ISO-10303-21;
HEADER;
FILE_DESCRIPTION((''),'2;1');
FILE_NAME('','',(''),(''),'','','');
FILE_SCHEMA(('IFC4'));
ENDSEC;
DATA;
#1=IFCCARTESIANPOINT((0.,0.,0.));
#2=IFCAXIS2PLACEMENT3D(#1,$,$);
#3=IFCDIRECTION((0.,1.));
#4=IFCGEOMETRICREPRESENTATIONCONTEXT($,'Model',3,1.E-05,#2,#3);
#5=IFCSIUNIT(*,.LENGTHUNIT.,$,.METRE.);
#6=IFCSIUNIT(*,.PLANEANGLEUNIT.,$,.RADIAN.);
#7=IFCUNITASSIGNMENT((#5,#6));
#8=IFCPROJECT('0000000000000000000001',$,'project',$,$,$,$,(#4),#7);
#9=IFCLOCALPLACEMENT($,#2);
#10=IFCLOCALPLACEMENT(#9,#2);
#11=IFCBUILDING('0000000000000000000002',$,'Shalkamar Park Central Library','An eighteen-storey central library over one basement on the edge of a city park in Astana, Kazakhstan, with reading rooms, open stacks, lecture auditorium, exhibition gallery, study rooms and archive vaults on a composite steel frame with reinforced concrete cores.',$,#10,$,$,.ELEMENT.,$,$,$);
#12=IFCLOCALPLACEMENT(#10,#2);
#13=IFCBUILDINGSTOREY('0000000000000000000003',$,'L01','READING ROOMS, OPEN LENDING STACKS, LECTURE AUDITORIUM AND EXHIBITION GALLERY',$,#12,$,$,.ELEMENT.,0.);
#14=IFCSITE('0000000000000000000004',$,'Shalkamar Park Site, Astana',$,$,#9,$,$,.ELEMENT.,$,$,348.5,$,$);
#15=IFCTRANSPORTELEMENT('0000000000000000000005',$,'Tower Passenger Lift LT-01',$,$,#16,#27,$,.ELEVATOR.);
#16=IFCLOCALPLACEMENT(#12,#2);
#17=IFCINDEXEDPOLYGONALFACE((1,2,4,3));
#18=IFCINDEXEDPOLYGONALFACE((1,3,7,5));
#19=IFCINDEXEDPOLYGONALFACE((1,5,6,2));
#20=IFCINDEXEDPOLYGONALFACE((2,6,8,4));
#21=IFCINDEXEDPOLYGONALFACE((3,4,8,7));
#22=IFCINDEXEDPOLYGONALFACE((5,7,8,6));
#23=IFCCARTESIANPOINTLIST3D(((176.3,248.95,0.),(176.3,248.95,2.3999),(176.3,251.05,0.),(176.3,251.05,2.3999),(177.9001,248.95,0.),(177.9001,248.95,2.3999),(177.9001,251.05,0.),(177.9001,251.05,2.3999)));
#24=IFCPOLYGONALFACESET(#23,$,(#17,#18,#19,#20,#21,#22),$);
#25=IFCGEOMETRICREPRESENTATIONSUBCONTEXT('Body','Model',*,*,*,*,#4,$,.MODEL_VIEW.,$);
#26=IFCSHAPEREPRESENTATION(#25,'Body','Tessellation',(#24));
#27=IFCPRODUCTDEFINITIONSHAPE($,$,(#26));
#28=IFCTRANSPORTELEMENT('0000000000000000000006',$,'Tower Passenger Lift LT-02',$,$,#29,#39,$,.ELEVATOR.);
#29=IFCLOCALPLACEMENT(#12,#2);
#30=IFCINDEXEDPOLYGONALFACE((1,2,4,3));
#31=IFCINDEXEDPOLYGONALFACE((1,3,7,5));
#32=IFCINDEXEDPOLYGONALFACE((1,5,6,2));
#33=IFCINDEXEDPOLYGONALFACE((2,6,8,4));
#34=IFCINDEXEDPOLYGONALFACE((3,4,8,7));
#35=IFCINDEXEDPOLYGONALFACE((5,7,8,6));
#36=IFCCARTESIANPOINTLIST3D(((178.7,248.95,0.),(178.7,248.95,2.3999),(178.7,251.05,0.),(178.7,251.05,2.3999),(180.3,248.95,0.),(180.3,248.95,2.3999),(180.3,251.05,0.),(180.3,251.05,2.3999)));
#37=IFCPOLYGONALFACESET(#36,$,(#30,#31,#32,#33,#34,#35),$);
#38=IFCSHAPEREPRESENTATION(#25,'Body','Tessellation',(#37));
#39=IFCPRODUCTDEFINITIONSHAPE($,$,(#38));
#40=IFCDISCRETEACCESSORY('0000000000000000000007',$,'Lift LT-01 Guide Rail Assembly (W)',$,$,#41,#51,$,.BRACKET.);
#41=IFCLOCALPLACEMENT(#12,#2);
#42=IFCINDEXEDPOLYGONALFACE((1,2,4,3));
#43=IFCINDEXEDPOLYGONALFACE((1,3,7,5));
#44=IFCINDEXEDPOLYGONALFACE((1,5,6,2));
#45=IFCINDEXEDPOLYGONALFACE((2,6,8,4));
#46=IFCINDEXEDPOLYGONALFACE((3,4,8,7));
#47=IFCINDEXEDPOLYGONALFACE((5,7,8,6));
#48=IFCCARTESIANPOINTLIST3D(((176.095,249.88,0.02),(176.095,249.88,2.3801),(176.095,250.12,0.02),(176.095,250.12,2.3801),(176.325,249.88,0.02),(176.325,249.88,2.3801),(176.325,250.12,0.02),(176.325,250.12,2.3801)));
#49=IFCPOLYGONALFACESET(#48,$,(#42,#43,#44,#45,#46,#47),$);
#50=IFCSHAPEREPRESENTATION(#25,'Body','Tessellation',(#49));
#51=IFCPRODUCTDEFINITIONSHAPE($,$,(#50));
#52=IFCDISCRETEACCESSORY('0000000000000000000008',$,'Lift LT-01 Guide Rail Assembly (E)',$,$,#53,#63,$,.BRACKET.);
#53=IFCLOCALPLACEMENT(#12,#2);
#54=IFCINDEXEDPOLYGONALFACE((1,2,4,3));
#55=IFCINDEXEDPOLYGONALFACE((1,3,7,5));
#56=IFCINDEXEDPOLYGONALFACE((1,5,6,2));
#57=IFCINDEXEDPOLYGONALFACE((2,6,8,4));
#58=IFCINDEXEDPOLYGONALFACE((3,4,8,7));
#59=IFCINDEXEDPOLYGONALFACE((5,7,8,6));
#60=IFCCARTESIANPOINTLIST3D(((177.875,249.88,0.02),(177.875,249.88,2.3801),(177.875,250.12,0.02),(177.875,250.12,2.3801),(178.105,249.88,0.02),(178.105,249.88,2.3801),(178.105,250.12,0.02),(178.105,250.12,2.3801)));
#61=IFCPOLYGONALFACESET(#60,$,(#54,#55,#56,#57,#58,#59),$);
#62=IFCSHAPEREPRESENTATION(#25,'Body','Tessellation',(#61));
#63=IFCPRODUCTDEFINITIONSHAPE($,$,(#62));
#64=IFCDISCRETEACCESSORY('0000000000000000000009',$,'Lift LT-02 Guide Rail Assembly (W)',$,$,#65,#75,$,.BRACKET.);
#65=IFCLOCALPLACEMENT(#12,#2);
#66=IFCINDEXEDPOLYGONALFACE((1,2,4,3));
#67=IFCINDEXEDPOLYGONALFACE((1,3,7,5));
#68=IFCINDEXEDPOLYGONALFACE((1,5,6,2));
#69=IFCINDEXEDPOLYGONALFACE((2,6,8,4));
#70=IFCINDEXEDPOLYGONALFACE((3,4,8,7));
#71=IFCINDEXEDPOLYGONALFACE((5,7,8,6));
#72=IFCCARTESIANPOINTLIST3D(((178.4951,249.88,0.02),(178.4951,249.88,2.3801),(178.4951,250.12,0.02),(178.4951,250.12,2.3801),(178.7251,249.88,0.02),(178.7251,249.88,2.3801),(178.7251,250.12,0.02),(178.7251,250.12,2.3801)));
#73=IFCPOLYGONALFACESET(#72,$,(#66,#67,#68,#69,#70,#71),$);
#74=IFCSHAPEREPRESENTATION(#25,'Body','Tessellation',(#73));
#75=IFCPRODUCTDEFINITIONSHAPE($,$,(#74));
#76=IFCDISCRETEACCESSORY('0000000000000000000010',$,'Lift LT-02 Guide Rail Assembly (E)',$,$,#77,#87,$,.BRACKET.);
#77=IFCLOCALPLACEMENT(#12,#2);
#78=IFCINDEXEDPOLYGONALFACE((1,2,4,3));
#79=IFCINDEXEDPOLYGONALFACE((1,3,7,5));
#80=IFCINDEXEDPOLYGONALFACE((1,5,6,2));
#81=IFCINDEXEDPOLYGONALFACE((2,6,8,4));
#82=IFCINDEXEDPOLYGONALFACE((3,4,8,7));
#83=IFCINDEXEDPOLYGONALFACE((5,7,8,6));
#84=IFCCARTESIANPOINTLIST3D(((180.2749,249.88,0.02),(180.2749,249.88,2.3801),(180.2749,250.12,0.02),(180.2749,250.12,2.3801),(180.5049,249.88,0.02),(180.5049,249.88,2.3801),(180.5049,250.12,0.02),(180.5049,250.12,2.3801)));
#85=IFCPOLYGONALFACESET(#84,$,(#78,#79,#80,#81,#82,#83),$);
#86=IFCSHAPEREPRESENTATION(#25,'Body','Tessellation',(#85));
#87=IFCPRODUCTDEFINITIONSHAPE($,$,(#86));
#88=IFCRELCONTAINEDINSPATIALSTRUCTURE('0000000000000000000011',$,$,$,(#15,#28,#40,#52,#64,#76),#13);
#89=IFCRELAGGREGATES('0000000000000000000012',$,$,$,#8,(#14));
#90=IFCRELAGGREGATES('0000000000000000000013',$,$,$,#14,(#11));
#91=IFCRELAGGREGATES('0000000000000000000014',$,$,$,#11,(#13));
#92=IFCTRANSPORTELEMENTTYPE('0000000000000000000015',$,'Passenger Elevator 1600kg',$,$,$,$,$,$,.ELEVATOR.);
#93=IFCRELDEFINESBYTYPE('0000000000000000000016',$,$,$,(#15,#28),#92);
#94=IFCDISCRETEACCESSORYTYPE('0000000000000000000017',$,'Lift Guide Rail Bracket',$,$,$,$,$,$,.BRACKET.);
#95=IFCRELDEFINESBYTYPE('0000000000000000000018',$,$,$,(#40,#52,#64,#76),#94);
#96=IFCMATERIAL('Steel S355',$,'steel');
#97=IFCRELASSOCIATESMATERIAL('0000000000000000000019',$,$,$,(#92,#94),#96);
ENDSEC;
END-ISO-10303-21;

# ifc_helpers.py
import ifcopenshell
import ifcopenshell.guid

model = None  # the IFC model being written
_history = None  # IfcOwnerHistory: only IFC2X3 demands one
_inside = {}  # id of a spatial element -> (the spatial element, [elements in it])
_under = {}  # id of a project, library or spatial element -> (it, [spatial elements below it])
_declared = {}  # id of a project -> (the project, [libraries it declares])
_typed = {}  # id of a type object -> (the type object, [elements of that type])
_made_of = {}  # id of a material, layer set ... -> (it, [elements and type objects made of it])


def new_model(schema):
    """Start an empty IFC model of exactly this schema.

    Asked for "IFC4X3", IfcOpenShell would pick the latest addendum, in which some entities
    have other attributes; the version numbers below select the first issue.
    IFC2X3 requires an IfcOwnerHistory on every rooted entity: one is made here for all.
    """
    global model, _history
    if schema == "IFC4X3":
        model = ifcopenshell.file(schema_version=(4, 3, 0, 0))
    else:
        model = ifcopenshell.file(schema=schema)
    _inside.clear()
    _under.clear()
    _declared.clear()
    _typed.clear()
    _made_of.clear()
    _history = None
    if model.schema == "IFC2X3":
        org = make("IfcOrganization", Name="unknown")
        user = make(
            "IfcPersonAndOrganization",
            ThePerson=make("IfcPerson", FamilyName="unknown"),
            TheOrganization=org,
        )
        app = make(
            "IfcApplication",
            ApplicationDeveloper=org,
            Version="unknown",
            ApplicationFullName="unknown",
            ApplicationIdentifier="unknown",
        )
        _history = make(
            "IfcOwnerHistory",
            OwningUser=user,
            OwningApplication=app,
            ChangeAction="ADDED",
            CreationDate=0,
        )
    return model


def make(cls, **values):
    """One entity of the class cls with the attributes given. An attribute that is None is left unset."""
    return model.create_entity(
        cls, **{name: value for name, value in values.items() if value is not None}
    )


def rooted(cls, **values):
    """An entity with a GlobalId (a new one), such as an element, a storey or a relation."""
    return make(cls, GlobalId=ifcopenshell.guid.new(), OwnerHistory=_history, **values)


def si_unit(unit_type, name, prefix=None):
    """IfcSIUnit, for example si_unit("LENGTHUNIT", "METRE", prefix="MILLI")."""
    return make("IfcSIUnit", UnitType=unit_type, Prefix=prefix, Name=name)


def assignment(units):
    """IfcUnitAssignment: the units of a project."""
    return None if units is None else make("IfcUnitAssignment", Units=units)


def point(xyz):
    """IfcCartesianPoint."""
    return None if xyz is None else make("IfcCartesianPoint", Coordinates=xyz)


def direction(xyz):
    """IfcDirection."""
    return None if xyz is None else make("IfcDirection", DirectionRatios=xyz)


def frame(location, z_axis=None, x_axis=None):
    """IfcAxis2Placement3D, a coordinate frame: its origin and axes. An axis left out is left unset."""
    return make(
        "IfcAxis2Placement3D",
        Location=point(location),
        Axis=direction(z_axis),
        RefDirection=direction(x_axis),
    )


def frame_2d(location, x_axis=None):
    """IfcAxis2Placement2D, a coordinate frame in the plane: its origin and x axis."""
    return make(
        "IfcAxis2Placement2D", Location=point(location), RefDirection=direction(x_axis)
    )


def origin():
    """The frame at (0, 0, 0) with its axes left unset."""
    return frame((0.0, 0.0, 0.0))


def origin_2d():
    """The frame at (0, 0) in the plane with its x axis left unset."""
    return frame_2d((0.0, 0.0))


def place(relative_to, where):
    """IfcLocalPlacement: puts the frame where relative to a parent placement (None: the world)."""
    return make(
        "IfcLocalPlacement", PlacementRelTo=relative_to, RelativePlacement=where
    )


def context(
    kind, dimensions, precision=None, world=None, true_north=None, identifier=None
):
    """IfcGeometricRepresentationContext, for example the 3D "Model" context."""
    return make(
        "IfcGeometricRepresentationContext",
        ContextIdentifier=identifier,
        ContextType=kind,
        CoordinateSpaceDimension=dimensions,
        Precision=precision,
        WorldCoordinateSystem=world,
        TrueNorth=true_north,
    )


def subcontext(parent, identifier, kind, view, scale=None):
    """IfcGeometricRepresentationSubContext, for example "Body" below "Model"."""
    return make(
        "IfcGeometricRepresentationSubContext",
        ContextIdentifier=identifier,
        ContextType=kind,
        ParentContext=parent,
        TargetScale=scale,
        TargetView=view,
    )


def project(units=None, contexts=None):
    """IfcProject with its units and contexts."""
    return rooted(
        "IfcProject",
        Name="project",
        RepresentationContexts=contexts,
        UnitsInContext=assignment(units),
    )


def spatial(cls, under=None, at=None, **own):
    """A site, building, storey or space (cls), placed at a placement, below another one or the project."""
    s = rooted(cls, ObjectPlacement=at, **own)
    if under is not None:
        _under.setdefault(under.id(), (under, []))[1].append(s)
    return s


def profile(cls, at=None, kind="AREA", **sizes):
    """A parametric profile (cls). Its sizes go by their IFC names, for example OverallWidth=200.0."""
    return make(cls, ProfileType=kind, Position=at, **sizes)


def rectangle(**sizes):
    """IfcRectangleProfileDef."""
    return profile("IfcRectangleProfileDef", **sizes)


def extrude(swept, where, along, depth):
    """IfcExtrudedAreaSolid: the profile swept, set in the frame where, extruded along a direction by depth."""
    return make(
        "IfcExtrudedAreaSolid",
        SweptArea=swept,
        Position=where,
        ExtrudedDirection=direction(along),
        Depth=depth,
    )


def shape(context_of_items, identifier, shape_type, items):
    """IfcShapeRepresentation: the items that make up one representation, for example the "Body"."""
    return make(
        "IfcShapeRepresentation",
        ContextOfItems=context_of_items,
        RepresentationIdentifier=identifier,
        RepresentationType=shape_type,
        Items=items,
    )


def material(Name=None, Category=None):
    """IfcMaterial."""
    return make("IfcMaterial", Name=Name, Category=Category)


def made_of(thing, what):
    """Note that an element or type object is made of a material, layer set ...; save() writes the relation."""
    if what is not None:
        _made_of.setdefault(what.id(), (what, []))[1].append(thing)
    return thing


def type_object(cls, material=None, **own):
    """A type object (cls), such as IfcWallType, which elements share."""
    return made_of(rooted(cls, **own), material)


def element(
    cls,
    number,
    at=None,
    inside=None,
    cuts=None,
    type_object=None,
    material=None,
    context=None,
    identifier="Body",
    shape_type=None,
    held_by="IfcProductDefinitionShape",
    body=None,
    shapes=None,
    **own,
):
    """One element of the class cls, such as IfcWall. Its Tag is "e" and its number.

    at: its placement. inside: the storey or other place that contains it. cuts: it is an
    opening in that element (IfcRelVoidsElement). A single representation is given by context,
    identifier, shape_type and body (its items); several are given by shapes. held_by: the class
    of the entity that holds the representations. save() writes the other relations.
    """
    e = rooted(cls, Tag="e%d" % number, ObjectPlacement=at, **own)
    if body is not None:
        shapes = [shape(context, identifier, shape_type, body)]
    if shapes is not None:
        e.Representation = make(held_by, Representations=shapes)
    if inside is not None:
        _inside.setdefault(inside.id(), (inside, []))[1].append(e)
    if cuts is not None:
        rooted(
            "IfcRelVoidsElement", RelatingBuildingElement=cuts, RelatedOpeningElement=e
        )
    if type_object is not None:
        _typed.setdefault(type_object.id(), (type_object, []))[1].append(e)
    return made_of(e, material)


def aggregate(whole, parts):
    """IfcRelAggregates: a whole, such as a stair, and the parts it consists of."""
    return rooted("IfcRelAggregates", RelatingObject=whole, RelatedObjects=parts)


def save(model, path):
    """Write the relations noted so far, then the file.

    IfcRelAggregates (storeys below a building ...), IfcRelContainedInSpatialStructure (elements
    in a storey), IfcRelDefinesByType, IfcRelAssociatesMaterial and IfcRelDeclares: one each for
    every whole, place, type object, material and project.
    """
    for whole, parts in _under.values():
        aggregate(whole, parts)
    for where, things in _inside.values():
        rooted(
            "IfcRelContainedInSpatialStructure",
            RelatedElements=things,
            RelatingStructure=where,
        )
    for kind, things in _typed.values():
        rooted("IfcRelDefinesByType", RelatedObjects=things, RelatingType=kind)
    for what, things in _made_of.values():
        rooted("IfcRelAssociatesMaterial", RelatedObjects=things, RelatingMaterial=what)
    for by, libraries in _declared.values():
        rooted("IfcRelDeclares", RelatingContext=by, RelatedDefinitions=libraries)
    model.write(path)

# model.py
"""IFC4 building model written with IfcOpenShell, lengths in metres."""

from ifc_helpers import new_model, si_unit, direction, frame, origin, origin_2d, place, context, subcontext, project, spatial, rectangle, extrude, material, type_object, element, save


model = new_model("IFC4")

# Units and contexts
model_context = context("Model", 3, precision=1e-05, world=origin(), true_north=direction((0.0, 1.0)))
body_context = subcontext(model_context, "Body", "Model", "MODEL_VIEW")
ifc_project = project(units=[si_unit("LENGTHUNIT", "METRE"), si_unit("PLANEANGLEUNIT", "RADIAN")], contexts=[model_context])

# Site, building, storey
site_placement = place(None, origin())
site = spatial("IfcSite", under=ifc_project, at=site_placement, Name="Shalkamar Park Site, Astana", CompositionType="ELEMENT", RefElevation=348.5)
building_placement = place(site_placement, origin())
building = spatial("IfcBuilding", under=site, at=building_placement, Name="Shalkamar Park Central Library", Description="An eighteen-storey central library over one basement on the edge of a city park in Astana, Kazakhstan, with reading rooms, open stacks, lecture auditorium, exhibition gallery, study rooms and archive vaults on a composite steel frame with reinforced concrete cores.", CompositionType="ELEMENT")
storey_placement = place(building_placement, origin())
storey = spatial("IfcBuildingStorey", under=building, at=storey_placement, Name="L01", Description="READING ROOMS, OPEN LENDING STACKS, LECTURE AUDITORIUM AND EXHIBITION GALLERY", CompositionType="ELEMENT", Elevation=0.0)

# Shared definitions
ifc_material_1 = material(Name="Steel S355", Category="steel")

# Transport elements
transport_element_type = type_object("IfcTransportElementType", Name="Passenger Elevator 1600kg", PredefinedType="ELEVATOR", material=ifc_material_1)
for number, where, z_axis, x_axis, name in (
    (1, (177.1001, 250.0, 0.0), (0.0, 0.0, 1.0), (1.0, 0.0, 0.0), "Tower Passenger Lift LT-01"),
    (2, (179.5, 250.0, 0.0), (0.0, 0.0, 1.0), (1.0, 0.0, 0.0), "Tower Passenger Lift LT-02"),
):
    element("IfcTransportElement", number, at=place(storey_placement, frame(where, z_axis=z_axis, x_axis=x_axis)), inside=storey, type_object=transport_element_type, Name=name, PredefinedType="ELEVATOR", context=body_context, shape_type="SweptSolid", body=[
        extrude(rectangle(XDim=1.6001, YDim=2.1001, at=origin_2d()), origin(), (0.0, 0.0, 1.0), 2.3999),
    ])

# Discrete accessories
discrete_accessory_type = type_object("IfcDiscreteAccessoryType", Name="Lift Guide Rail Bracket", PredefinedType="BRACKET", material=ifc_material_1)
for number, where, z_axis, x_axis, name in (
    (3, (176.21, 250.0, 0.02), (0.0, 0.0, 1.0), (1.0, 0.0, 0.0), "Lift LT-01 Guide Rail Assembly (W)"),
    (4, (177.99, 250.0, 0.02), (0.0, 0.0, 1.0), (1.0, 0.0, 0.0), "Lift LT-01 Guide Rail Assembly (E)"),
    (5, (178.6101, 250.0, 0.02), (0.0, 0.0, 1.0), (1.0, 0.0, 0.0), "Lift LT-02 Guide Rail Assembly (W)"),
    (6, (180.3899, 250.0, 0.02), (0.0, 0.0, 1.0), (1.0, 0.0, 0.0), "Lift LT-02 Guide Rail Assembly (E)"),
):
    element("IfcDiscreteAccessory", number, at=place(storey_placement, frame(where, z_axis=z_axis, x_axis=x_axis)), inside=storey, type_object=discrete_accessory_type, Name=name, PredefinedType="BRACKET", context=body_context, shape_type="SweptSolid", body=[
        extrude(rectangle(XDim=0.23, YDim=0.24, at=origin_2d()), origin(), (0.0, 0.0, 1.0), 2.3601),
    ])

save(model, "model.ifc")
